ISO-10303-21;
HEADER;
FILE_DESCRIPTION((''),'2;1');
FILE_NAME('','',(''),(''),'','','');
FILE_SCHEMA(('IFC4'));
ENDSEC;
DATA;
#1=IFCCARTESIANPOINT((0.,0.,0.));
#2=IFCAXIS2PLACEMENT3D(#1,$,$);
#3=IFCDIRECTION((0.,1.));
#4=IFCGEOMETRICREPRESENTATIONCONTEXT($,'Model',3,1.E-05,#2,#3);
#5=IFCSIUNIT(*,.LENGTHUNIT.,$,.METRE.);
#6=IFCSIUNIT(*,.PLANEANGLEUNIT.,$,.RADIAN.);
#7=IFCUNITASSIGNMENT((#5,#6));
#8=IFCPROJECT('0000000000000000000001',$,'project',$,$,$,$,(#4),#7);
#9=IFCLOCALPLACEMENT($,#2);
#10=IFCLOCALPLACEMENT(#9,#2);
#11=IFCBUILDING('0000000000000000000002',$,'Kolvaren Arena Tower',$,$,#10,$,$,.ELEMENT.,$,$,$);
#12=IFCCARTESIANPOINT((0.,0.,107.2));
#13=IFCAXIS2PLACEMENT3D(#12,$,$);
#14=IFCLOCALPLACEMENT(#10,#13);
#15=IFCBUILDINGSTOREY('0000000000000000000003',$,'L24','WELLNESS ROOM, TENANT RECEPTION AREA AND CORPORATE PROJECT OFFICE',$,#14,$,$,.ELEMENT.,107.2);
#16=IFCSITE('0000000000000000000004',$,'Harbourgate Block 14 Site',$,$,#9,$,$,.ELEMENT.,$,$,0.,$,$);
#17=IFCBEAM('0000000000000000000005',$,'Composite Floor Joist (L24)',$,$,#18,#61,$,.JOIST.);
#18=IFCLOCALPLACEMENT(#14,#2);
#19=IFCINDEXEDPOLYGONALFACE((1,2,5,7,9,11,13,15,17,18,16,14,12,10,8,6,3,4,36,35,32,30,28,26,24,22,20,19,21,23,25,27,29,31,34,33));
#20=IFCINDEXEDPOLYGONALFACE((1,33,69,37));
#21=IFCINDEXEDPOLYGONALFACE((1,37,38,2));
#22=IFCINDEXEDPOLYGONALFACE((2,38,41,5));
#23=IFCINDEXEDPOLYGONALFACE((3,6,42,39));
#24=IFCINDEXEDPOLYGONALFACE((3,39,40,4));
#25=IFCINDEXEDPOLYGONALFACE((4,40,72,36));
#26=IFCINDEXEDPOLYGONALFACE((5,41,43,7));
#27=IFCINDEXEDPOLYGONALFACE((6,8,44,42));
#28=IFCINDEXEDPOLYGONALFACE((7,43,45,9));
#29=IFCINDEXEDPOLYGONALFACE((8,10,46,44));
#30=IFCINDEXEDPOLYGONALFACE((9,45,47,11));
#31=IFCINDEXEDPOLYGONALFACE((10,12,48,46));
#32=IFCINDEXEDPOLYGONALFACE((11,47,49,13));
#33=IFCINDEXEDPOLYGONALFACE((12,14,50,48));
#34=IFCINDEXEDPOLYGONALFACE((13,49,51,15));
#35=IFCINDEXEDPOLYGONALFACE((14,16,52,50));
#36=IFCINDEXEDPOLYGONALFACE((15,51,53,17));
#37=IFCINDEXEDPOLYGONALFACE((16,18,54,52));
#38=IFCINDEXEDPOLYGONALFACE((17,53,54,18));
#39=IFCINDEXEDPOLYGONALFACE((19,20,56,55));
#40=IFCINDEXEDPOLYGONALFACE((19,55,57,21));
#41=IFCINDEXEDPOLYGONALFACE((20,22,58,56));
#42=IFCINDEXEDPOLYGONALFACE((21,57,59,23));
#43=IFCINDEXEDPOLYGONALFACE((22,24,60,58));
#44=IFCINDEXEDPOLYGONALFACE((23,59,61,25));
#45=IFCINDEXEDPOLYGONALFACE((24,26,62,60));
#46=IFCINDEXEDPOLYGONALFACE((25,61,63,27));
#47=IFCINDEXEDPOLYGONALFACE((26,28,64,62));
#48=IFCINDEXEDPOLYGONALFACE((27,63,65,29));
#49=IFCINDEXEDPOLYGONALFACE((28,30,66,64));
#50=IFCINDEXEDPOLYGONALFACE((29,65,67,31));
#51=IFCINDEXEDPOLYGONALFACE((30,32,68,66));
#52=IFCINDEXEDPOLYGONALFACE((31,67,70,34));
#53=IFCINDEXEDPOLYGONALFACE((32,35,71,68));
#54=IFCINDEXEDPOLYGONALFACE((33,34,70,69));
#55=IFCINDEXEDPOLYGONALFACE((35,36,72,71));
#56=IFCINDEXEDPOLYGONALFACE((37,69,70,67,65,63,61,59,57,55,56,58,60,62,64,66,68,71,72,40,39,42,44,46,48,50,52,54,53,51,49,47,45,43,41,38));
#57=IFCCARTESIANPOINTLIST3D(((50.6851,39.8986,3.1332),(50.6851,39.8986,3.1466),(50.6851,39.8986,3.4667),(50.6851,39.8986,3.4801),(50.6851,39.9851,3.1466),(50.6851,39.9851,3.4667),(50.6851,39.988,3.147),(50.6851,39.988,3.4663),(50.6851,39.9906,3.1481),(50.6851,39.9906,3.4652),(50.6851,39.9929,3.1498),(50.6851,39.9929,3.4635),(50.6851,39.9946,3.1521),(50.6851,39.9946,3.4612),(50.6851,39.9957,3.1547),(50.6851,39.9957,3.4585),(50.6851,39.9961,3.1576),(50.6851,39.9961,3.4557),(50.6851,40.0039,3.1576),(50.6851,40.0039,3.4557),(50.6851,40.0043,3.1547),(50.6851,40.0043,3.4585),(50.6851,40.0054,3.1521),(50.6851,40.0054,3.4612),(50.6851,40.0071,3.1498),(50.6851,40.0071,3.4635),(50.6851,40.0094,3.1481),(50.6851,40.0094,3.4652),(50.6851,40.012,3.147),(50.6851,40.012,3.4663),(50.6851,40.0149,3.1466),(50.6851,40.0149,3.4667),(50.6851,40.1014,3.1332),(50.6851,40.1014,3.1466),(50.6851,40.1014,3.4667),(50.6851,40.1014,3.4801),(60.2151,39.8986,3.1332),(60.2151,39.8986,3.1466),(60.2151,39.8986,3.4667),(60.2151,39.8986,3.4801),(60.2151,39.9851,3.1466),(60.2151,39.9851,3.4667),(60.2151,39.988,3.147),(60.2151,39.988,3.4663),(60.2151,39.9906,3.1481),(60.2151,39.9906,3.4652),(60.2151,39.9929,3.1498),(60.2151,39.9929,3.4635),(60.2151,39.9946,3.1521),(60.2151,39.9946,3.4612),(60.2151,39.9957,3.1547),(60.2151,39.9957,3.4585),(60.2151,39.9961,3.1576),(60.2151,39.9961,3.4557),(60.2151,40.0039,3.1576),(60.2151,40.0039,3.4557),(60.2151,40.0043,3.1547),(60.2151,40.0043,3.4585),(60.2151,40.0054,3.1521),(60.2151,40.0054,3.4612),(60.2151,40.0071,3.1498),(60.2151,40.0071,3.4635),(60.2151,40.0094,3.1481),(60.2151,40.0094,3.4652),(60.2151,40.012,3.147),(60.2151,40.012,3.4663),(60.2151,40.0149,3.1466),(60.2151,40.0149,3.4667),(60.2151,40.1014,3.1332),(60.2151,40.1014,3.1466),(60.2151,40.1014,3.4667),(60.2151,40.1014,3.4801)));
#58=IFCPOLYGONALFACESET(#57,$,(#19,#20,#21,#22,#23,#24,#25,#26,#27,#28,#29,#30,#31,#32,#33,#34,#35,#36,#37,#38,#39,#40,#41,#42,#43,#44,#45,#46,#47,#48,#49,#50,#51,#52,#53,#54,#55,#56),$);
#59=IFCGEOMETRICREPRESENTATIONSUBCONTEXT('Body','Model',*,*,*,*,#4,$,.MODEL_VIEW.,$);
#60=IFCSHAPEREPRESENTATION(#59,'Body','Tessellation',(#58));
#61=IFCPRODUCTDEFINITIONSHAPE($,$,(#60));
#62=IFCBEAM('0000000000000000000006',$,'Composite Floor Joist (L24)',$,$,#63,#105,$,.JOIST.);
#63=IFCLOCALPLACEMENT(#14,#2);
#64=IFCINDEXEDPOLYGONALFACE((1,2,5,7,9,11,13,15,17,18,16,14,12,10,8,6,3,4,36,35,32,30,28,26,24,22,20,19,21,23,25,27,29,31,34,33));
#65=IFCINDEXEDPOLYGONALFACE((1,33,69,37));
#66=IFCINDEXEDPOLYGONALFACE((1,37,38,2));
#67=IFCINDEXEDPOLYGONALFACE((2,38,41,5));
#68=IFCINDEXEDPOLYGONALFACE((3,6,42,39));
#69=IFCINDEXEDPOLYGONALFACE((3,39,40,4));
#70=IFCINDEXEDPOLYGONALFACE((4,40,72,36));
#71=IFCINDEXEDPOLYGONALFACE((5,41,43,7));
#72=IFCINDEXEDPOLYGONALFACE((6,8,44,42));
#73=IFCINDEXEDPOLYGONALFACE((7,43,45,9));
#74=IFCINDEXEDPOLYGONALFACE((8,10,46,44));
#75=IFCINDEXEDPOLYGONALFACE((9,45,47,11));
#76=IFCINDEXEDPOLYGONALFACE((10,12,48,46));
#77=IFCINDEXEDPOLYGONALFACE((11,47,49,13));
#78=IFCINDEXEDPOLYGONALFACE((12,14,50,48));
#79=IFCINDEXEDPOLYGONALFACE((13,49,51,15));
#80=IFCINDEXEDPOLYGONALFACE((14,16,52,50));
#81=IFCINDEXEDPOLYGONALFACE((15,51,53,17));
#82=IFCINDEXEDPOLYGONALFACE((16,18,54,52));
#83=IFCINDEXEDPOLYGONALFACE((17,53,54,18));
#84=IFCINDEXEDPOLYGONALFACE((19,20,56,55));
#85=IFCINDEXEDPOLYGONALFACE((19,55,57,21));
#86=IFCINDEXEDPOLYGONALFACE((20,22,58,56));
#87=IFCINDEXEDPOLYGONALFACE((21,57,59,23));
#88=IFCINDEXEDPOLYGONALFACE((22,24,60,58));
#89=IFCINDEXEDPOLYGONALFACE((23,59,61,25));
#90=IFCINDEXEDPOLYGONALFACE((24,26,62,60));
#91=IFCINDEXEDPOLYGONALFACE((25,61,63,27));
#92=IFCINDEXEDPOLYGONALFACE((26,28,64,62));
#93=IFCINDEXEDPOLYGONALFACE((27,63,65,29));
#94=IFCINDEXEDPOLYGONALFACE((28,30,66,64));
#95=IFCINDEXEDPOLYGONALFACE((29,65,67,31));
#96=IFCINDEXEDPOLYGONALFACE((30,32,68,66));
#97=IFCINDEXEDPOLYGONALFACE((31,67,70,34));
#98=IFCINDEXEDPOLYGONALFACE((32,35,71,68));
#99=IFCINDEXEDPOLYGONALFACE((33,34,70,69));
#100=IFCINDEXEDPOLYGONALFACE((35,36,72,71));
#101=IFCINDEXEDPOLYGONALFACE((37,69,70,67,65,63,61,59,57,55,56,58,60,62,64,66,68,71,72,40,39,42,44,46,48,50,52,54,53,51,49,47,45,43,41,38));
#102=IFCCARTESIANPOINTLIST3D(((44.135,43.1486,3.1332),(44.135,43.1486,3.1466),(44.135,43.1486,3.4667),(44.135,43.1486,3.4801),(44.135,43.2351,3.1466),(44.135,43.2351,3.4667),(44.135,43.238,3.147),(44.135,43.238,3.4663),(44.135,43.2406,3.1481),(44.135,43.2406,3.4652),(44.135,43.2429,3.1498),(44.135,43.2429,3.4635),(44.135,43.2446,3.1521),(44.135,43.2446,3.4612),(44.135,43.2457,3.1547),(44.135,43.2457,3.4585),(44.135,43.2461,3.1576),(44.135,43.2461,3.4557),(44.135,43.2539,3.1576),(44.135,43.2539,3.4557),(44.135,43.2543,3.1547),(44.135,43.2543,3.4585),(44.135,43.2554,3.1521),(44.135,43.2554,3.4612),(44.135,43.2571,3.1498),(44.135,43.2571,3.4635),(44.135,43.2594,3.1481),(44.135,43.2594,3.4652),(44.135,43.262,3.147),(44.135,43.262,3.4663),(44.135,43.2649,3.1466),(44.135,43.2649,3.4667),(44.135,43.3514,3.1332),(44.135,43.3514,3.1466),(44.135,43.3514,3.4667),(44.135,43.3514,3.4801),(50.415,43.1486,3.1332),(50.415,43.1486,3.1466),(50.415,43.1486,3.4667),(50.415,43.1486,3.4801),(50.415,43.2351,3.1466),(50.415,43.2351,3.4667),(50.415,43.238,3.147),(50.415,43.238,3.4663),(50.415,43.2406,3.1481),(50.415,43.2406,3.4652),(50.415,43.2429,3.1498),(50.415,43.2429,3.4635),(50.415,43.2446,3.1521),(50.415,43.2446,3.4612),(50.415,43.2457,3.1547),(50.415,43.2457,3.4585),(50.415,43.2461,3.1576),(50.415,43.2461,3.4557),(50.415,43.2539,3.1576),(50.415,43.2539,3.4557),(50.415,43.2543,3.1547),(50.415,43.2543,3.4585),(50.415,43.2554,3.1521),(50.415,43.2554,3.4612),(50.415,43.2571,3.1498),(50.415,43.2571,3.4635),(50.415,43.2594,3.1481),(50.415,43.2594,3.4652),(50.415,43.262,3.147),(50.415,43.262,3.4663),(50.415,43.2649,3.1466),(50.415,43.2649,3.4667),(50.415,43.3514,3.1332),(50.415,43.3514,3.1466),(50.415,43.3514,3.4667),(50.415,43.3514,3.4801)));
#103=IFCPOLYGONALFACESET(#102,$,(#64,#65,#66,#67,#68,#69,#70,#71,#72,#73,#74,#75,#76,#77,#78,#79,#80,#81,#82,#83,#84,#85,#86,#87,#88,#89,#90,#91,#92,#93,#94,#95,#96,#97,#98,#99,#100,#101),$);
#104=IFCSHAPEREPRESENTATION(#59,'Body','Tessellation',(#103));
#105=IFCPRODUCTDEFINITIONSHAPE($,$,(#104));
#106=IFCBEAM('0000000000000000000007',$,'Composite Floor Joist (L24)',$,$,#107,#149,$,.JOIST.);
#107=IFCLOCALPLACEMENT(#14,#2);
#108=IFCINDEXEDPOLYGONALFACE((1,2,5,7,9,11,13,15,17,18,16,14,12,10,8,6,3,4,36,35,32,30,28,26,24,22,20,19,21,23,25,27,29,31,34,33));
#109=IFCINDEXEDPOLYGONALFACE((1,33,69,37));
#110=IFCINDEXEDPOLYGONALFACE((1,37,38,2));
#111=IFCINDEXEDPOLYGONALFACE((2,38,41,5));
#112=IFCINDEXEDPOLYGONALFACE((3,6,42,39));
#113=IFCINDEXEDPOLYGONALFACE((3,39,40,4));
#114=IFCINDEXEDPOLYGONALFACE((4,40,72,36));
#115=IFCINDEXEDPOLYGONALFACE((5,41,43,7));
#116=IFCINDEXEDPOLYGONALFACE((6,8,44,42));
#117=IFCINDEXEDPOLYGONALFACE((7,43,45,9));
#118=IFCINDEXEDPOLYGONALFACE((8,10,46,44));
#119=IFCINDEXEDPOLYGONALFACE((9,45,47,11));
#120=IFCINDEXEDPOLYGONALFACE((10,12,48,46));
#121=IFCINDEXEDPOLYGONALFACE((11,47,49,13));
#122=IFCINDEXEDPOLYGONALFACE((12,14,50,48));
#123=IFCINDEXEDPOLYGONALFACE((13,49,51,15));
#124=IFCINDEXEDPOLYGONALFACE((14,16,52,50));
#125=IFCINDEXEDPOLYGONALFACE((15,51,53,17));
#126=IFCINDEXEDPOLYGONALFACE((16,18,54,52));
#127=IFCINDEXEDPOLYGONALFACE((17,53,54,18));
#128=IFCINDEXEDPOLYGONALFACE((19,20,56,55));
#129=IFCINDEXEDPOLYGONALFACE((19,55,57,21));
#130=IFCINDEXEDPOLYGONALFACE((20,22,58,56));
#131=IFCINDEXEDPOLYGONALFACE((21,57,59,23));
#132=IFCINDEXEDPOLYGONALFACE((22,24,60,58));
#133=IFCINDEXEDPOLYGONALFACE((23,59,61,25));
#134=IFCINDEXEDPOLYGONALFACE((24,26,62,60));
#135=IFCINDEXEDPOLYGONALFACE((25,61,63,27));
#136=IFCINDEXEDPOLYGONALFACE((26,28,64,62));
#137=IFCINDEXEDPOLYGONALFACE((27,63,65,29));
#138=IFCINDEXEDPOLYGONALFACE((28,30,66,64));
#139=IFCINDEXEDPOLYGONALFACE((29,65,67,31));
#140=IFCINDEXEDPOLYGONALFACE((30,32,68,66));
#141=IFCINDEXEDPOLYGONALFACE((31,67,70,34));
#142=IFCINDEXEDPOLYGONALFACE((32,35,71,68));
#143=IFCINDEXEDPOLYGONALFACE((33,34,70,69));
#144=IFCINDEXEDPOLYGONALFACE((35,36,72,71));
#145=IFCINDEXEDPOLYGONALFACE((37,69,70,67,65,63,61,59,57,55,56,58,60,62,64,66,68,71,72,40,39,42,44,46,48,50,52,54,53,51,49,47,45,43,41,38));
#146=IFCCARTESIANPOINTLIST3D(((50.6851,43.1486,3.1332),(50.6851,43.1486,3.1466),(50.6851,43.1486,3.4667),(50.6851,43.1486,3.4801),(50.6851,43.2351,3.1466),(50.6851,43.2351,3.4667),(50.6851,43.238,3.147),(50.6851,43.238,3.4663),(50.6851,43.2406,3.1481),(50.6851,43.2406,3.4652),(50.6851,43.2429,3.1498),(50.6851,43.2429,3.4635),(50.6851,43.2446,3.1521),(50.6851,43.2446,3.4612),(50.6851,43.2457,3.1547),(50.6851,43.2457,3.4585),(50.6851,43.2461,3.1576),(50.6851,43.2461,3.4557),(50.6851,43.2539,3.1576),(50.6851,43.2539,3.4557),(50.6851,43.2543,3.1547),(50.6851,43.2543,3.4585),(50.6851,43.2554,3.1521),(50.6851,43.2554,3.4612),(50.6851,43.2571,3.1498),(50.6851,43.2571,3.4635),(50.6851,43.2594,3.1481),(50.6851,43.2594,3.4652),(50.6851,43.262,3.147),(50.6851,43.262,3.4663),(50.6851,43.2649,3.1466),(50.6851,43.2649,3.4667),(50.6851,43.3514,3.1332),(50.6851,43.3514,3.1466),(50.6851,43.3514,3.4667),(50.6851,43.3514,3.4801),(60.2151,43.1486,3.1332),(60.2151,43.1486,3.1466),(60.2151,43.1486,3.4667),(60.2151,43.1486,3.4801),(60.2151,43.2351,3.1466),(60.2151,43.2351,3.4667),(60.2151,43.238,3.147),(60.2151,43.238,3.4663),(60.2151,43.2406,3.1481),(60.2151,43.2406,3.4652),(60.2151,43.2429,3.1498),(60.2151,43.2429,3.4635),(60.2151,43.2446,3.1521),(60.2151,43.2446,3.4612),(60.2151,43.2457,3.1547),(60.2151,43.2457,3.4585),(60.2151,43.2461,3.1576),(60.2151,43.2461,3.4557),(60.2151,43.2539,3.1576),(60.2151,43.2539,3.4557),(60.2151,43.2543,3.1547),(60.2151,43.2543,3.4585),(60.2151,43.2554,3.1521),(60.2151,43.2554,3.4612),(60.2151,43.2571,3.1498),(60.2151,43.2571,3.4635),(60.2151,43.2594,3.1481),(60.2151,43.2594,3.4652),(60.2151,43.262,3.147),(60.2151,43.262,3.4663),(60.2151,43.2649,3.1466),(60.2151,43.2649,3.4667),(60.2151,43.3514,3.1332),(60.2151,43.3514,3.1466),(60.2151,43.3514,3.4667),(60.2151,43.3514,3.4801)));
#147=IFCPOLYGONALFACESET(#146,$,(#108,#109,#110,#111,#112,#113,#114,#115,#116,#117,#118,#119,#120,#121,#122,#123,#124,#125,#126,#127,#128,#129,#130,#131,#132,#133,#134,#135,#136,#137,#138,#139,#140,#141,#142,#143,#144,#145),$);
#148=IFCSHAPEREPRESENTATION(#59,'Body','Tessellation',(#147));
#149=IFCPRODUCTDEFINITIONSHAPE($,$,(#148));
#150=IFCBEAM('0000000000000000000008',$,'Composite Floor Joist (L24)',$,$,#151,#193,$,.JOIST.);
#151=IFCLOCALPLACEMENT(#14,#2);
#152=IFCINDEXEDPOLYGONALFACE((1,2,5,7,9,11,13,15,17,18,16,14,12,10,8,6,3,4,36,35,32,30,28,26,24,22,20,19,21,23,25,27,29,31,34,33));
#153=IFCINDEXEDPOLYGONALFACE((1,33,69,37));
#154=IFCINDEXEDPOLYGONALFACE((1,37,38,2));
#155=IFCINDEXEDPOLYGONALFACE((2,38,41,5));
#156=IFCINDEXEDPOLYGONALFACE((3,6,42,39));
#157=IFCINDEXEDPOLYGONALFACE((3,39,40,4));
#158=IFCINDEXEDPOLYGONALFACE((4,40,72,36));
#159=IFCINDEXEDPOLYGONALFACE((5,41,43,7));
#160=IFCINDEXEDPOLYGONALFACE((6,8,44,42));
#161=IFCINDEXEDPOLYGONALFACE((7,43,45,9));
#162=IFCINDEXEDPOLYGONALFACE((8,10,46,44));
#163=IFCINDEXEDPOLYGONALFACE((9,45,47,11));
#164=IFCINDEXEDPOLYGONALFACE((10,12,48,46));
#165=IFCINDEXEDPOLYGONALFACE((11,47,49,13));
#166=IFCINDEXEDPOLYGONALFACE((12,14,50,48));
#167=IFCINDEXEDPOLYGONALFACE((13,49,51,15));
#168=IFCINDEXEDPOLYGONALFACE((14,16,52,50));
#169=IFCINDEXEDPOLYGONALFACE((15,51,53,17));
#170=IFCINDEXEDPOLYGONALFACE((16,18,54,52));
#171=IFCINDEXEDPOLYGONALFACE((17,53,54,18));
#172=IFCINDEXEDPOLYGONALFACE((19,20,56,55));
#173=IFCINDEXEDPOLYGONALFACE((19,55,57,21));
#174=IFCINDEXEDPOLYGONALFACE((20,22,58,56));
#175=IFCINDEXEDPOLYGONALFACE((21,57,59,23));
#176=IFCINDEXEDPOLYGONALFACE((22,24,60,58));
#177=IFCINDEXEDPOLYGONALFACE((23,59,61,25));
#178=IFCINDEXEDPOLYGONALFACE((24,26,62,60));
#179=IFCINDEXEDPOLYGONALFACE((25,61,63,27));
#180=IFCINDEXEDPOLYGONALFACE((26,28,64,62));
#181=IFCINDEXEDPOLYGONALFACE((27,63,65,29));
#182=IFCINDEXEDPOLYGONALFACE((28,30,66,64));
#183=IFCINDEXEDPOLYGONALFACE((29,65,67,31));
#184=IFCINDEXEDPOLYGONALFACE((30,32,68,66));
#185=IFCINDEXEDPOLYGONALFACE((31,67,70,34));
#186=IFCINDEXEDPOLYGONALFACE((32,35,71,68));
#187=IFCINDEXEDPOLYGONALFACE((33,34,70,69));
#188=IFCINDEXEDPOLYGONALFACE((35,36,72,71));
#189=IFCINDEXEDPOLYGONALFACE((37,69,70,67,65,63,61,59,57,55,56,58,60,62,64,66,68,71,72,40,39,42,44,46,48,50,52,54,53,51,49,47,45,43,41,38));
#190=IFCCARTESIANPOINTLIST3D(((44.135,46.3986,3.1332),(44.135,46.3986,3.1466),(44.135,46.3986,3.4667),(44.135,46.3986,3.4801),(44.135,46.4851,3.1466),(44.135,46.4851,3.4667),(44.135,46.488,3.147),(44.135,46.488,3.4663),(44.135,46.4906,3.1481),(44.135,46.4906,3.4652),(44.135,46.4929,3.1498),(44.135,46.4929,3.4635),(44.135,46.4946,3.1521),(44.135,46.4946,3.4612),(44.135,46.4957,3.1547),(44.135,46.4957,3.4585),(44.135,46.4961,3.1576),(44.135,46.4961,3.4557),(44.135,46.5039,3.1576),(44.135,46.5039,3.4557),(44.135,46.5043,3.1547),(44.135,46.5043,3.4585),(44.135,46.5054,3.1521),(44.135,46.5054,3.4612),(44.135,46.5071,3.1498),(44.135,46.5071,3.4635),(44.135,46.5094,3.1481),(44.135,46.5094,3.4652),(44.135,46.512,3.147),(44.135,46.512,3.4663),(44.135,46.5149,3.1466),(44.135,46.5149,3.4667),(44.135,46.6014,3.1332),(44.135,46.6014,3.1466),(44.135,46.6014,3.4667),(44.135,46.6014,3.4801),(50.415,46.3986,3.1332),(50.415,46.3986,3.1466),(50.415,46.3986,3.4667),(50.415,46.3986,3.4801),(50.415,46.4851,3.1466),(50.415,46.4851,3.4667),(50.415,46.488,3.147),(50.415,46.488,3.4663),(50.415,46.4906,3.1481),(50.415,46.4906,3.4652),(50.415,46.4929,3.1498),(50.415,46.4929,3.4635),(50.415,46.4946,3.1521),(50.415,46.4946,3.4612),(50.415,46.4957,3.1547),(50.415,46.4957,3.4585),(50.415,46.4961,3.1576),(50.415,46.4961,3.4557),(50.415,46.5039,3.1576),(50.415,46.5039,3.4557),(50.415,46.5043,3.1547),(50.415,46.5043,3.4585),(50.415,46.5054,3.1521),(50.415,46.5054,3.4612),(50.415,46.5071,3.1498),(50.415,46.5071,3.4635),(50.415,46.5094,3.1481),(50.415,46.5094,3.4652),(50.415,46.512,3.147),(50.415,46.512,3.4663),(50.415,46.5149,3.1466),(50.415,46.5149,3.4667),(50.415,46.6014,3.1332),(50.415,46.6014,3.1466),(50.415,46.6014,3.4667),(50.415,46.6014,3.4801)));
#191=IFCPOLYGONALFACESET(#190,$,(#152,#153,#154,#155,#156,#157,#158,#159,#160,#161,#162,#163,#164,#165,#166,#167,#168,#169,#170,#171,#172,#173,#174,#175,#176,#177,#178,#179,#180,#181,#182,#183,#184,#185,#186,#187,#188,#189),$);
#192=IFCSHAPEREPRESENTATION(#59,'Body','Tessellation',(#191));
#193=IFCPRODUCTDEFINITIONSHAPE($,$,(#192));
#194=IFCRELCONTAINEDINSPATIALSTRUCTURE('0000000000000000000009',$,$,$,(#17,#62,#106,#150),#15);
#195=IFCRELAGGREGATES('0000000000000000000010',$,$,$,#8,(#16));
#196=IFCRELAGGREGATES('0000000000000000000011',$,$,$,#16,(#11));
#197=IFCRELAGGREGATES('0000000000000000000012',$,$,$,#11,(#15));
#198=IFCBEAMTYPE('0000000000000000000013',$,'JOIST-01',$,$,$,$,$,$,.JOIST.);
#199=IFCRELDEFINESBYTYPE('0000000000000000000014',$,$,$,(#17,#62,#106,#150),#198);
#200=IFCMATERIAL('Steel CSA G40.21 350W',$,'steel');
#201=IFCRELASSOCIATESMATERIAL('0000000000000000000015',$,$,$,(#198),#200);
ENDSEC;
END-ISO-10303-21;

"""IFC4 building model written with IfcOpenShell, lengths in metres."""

from ifc_helpers import new_model, si_unit, direction, frame, origin, origin_2d, place, context, subcontext, project, spatial, i_section, extrude, material, material_profile, profile_set, type_object, element, save


model = new_model("IFC4")

# Units and contexts
model_context = context("Model", 3, precision=1e-05, world=origin(), true_north=direction((0.0, 1.0)))
body_context = subcontext(model_context, "Body", "Model", "MODEL_VIEW")
ifc_project = project(units=[si_unit("LENGTHUNIT", "METRE"), si_unit("PLANEANGLEUNIT", "RADIAN")], contexts=[model_context])

# Site, building, storey
site_placement = place(None, origin())
site = spatial("IfcSite", under=ifc_project, at=site_placement, Name="Harbourgate Block 14 Site", CompositionType="ELEMENT", RefElevation=0.0)
building_placement = place(site_placement, origin())
building = spatial("IfcBuilding", under=site, at=building_placement, Name="Kolvaren Arena Tower", CompositionType="ELEMENT")
storey_placement = place(building_placement, frame((0.0, 0.0, 107.2)))
storey = spatial("IfcBuildingStorey", under=building, at=storey_placement, Name="L24", Description="WELLNESS ROOM, TENANT RECEPTION AREA AND CORPORATE PROJECT OFFICE", CompositionType="ELEMENT", Elevation=107.2)

# Beams
ifc_material_1 = material(Name="Steel CSA G40.21 350W", Category="steel")
ifc_material_profile_1 = material_profile(ifc_material_1, i_section(OverallWidth=0.2029, OverallDepth=0.3469, WebThickness=0.0078, FlangeThickness=0.0134, FilletRadius=0.011, at=origin_2d()), Name="W360x64")
ifc_profile_set_1 = profile_set([ifc_material_profile_1], Name="Steel CSA G40.21 350W")
beam_type_1 = type_object("IfcBeamType", Name="JOIST-01", PredefinedType="JOIST", material=ifc_profile_set_1)
beam_1_placement = place(storey_placement, frame((50.6851, 40.0, 3.3066), z_axis=(1.0, 0.0, 0.0), x_axis=(0.0, 1.0, 0.0)))
element("IfcBeam", 1, at=beam_1_placement, inside=storey, type_object=beam_type_1, Name="Composite Floor Joist (L24)", PredefinedType="JOIST", context=body_context, shape_type="SweptSolid", body=[
    extrude(i_section(OverallWidth=0.2029, OverallDepth=0.3469, WebThickness=0.0078, FlangeThickness=0.0134, FilletRadius=0.011, at=origin_2d()), origin(), (0.0, 0.0, 1.0), 9.53),
])
beam_2_placement = place(storey_placement, frame((44.135, 43.25, 3.3066), z_axis=(1.0, 0.0, 0.0), x_axis=(0.0, 1.0, 0.0)))
element("IfcBeam", 2, at=beam_2_placement, inside=storey, type_object=beam_type_1, Name="Composite Floor Joist (L24)", PredefinedType="JOIST", context=body_context, shape_type="SweptSolid", body=[
    extrude(i_section(OverallWidth=0.2029, OverallDepth=0.3469, WebThickness=0.0078, FlangeThickness=0.0134, FilletRadius=0.011, at=origin_2d()), origin(), (0.0, 0.0, 1.0), 6.28),
])
beam_3_placement = place(storey_placement, frame((50.6851, 43.25, 3.3066), z_axis=(1.0, 0.0, 0.0), x_axis=(0.0, 1.0, 0.0)))
element("IfcBeam", 3, at=beam_3_placement, inside=storey, type_object=beam_type_1, Name="Composite Floor Joist (L24)", PredefinedType="JOIST", context=body_context, shape_type="SweptSolid", body=[
    extrude(i_section(OverallWidth=0.2029, OverallDepth=0.3469, WebThickness=0.0078, FlangeThickness=0.0134, FilletRadius=0.011, at=origin_2d()), origin(), (0.0, 0.0, 1.0), 9.53),
])
for number, where, z_axis, x_axis, name in (
    (4, (44.135, 46.5, 3.3066), (1.0, 0.0, 0.0), (0.0, 1.0, 0.0), "Composite Floor Joist (L24)"),
):
    element("IfcBeam", number, at=place(storey_placement, frame(where, z_axis=z_axis, x_axis=x_axis)), inside=storey, type_object=beam_type_1, Name=name, PredefinedType="JOIST", context=body_context, shape_type="SweptSolid", body=[
        extrude(i_section(OverallWidth=0.2029, OverallDepth=0.3469, WebThickness=0.0078, FlangeThickness=0.0134, FilletRadius=0.011, at=origin_2d()), origin(), (0.0, 0.0, 1.0), 6.28),
    ])

save(model, "model.ifc")
